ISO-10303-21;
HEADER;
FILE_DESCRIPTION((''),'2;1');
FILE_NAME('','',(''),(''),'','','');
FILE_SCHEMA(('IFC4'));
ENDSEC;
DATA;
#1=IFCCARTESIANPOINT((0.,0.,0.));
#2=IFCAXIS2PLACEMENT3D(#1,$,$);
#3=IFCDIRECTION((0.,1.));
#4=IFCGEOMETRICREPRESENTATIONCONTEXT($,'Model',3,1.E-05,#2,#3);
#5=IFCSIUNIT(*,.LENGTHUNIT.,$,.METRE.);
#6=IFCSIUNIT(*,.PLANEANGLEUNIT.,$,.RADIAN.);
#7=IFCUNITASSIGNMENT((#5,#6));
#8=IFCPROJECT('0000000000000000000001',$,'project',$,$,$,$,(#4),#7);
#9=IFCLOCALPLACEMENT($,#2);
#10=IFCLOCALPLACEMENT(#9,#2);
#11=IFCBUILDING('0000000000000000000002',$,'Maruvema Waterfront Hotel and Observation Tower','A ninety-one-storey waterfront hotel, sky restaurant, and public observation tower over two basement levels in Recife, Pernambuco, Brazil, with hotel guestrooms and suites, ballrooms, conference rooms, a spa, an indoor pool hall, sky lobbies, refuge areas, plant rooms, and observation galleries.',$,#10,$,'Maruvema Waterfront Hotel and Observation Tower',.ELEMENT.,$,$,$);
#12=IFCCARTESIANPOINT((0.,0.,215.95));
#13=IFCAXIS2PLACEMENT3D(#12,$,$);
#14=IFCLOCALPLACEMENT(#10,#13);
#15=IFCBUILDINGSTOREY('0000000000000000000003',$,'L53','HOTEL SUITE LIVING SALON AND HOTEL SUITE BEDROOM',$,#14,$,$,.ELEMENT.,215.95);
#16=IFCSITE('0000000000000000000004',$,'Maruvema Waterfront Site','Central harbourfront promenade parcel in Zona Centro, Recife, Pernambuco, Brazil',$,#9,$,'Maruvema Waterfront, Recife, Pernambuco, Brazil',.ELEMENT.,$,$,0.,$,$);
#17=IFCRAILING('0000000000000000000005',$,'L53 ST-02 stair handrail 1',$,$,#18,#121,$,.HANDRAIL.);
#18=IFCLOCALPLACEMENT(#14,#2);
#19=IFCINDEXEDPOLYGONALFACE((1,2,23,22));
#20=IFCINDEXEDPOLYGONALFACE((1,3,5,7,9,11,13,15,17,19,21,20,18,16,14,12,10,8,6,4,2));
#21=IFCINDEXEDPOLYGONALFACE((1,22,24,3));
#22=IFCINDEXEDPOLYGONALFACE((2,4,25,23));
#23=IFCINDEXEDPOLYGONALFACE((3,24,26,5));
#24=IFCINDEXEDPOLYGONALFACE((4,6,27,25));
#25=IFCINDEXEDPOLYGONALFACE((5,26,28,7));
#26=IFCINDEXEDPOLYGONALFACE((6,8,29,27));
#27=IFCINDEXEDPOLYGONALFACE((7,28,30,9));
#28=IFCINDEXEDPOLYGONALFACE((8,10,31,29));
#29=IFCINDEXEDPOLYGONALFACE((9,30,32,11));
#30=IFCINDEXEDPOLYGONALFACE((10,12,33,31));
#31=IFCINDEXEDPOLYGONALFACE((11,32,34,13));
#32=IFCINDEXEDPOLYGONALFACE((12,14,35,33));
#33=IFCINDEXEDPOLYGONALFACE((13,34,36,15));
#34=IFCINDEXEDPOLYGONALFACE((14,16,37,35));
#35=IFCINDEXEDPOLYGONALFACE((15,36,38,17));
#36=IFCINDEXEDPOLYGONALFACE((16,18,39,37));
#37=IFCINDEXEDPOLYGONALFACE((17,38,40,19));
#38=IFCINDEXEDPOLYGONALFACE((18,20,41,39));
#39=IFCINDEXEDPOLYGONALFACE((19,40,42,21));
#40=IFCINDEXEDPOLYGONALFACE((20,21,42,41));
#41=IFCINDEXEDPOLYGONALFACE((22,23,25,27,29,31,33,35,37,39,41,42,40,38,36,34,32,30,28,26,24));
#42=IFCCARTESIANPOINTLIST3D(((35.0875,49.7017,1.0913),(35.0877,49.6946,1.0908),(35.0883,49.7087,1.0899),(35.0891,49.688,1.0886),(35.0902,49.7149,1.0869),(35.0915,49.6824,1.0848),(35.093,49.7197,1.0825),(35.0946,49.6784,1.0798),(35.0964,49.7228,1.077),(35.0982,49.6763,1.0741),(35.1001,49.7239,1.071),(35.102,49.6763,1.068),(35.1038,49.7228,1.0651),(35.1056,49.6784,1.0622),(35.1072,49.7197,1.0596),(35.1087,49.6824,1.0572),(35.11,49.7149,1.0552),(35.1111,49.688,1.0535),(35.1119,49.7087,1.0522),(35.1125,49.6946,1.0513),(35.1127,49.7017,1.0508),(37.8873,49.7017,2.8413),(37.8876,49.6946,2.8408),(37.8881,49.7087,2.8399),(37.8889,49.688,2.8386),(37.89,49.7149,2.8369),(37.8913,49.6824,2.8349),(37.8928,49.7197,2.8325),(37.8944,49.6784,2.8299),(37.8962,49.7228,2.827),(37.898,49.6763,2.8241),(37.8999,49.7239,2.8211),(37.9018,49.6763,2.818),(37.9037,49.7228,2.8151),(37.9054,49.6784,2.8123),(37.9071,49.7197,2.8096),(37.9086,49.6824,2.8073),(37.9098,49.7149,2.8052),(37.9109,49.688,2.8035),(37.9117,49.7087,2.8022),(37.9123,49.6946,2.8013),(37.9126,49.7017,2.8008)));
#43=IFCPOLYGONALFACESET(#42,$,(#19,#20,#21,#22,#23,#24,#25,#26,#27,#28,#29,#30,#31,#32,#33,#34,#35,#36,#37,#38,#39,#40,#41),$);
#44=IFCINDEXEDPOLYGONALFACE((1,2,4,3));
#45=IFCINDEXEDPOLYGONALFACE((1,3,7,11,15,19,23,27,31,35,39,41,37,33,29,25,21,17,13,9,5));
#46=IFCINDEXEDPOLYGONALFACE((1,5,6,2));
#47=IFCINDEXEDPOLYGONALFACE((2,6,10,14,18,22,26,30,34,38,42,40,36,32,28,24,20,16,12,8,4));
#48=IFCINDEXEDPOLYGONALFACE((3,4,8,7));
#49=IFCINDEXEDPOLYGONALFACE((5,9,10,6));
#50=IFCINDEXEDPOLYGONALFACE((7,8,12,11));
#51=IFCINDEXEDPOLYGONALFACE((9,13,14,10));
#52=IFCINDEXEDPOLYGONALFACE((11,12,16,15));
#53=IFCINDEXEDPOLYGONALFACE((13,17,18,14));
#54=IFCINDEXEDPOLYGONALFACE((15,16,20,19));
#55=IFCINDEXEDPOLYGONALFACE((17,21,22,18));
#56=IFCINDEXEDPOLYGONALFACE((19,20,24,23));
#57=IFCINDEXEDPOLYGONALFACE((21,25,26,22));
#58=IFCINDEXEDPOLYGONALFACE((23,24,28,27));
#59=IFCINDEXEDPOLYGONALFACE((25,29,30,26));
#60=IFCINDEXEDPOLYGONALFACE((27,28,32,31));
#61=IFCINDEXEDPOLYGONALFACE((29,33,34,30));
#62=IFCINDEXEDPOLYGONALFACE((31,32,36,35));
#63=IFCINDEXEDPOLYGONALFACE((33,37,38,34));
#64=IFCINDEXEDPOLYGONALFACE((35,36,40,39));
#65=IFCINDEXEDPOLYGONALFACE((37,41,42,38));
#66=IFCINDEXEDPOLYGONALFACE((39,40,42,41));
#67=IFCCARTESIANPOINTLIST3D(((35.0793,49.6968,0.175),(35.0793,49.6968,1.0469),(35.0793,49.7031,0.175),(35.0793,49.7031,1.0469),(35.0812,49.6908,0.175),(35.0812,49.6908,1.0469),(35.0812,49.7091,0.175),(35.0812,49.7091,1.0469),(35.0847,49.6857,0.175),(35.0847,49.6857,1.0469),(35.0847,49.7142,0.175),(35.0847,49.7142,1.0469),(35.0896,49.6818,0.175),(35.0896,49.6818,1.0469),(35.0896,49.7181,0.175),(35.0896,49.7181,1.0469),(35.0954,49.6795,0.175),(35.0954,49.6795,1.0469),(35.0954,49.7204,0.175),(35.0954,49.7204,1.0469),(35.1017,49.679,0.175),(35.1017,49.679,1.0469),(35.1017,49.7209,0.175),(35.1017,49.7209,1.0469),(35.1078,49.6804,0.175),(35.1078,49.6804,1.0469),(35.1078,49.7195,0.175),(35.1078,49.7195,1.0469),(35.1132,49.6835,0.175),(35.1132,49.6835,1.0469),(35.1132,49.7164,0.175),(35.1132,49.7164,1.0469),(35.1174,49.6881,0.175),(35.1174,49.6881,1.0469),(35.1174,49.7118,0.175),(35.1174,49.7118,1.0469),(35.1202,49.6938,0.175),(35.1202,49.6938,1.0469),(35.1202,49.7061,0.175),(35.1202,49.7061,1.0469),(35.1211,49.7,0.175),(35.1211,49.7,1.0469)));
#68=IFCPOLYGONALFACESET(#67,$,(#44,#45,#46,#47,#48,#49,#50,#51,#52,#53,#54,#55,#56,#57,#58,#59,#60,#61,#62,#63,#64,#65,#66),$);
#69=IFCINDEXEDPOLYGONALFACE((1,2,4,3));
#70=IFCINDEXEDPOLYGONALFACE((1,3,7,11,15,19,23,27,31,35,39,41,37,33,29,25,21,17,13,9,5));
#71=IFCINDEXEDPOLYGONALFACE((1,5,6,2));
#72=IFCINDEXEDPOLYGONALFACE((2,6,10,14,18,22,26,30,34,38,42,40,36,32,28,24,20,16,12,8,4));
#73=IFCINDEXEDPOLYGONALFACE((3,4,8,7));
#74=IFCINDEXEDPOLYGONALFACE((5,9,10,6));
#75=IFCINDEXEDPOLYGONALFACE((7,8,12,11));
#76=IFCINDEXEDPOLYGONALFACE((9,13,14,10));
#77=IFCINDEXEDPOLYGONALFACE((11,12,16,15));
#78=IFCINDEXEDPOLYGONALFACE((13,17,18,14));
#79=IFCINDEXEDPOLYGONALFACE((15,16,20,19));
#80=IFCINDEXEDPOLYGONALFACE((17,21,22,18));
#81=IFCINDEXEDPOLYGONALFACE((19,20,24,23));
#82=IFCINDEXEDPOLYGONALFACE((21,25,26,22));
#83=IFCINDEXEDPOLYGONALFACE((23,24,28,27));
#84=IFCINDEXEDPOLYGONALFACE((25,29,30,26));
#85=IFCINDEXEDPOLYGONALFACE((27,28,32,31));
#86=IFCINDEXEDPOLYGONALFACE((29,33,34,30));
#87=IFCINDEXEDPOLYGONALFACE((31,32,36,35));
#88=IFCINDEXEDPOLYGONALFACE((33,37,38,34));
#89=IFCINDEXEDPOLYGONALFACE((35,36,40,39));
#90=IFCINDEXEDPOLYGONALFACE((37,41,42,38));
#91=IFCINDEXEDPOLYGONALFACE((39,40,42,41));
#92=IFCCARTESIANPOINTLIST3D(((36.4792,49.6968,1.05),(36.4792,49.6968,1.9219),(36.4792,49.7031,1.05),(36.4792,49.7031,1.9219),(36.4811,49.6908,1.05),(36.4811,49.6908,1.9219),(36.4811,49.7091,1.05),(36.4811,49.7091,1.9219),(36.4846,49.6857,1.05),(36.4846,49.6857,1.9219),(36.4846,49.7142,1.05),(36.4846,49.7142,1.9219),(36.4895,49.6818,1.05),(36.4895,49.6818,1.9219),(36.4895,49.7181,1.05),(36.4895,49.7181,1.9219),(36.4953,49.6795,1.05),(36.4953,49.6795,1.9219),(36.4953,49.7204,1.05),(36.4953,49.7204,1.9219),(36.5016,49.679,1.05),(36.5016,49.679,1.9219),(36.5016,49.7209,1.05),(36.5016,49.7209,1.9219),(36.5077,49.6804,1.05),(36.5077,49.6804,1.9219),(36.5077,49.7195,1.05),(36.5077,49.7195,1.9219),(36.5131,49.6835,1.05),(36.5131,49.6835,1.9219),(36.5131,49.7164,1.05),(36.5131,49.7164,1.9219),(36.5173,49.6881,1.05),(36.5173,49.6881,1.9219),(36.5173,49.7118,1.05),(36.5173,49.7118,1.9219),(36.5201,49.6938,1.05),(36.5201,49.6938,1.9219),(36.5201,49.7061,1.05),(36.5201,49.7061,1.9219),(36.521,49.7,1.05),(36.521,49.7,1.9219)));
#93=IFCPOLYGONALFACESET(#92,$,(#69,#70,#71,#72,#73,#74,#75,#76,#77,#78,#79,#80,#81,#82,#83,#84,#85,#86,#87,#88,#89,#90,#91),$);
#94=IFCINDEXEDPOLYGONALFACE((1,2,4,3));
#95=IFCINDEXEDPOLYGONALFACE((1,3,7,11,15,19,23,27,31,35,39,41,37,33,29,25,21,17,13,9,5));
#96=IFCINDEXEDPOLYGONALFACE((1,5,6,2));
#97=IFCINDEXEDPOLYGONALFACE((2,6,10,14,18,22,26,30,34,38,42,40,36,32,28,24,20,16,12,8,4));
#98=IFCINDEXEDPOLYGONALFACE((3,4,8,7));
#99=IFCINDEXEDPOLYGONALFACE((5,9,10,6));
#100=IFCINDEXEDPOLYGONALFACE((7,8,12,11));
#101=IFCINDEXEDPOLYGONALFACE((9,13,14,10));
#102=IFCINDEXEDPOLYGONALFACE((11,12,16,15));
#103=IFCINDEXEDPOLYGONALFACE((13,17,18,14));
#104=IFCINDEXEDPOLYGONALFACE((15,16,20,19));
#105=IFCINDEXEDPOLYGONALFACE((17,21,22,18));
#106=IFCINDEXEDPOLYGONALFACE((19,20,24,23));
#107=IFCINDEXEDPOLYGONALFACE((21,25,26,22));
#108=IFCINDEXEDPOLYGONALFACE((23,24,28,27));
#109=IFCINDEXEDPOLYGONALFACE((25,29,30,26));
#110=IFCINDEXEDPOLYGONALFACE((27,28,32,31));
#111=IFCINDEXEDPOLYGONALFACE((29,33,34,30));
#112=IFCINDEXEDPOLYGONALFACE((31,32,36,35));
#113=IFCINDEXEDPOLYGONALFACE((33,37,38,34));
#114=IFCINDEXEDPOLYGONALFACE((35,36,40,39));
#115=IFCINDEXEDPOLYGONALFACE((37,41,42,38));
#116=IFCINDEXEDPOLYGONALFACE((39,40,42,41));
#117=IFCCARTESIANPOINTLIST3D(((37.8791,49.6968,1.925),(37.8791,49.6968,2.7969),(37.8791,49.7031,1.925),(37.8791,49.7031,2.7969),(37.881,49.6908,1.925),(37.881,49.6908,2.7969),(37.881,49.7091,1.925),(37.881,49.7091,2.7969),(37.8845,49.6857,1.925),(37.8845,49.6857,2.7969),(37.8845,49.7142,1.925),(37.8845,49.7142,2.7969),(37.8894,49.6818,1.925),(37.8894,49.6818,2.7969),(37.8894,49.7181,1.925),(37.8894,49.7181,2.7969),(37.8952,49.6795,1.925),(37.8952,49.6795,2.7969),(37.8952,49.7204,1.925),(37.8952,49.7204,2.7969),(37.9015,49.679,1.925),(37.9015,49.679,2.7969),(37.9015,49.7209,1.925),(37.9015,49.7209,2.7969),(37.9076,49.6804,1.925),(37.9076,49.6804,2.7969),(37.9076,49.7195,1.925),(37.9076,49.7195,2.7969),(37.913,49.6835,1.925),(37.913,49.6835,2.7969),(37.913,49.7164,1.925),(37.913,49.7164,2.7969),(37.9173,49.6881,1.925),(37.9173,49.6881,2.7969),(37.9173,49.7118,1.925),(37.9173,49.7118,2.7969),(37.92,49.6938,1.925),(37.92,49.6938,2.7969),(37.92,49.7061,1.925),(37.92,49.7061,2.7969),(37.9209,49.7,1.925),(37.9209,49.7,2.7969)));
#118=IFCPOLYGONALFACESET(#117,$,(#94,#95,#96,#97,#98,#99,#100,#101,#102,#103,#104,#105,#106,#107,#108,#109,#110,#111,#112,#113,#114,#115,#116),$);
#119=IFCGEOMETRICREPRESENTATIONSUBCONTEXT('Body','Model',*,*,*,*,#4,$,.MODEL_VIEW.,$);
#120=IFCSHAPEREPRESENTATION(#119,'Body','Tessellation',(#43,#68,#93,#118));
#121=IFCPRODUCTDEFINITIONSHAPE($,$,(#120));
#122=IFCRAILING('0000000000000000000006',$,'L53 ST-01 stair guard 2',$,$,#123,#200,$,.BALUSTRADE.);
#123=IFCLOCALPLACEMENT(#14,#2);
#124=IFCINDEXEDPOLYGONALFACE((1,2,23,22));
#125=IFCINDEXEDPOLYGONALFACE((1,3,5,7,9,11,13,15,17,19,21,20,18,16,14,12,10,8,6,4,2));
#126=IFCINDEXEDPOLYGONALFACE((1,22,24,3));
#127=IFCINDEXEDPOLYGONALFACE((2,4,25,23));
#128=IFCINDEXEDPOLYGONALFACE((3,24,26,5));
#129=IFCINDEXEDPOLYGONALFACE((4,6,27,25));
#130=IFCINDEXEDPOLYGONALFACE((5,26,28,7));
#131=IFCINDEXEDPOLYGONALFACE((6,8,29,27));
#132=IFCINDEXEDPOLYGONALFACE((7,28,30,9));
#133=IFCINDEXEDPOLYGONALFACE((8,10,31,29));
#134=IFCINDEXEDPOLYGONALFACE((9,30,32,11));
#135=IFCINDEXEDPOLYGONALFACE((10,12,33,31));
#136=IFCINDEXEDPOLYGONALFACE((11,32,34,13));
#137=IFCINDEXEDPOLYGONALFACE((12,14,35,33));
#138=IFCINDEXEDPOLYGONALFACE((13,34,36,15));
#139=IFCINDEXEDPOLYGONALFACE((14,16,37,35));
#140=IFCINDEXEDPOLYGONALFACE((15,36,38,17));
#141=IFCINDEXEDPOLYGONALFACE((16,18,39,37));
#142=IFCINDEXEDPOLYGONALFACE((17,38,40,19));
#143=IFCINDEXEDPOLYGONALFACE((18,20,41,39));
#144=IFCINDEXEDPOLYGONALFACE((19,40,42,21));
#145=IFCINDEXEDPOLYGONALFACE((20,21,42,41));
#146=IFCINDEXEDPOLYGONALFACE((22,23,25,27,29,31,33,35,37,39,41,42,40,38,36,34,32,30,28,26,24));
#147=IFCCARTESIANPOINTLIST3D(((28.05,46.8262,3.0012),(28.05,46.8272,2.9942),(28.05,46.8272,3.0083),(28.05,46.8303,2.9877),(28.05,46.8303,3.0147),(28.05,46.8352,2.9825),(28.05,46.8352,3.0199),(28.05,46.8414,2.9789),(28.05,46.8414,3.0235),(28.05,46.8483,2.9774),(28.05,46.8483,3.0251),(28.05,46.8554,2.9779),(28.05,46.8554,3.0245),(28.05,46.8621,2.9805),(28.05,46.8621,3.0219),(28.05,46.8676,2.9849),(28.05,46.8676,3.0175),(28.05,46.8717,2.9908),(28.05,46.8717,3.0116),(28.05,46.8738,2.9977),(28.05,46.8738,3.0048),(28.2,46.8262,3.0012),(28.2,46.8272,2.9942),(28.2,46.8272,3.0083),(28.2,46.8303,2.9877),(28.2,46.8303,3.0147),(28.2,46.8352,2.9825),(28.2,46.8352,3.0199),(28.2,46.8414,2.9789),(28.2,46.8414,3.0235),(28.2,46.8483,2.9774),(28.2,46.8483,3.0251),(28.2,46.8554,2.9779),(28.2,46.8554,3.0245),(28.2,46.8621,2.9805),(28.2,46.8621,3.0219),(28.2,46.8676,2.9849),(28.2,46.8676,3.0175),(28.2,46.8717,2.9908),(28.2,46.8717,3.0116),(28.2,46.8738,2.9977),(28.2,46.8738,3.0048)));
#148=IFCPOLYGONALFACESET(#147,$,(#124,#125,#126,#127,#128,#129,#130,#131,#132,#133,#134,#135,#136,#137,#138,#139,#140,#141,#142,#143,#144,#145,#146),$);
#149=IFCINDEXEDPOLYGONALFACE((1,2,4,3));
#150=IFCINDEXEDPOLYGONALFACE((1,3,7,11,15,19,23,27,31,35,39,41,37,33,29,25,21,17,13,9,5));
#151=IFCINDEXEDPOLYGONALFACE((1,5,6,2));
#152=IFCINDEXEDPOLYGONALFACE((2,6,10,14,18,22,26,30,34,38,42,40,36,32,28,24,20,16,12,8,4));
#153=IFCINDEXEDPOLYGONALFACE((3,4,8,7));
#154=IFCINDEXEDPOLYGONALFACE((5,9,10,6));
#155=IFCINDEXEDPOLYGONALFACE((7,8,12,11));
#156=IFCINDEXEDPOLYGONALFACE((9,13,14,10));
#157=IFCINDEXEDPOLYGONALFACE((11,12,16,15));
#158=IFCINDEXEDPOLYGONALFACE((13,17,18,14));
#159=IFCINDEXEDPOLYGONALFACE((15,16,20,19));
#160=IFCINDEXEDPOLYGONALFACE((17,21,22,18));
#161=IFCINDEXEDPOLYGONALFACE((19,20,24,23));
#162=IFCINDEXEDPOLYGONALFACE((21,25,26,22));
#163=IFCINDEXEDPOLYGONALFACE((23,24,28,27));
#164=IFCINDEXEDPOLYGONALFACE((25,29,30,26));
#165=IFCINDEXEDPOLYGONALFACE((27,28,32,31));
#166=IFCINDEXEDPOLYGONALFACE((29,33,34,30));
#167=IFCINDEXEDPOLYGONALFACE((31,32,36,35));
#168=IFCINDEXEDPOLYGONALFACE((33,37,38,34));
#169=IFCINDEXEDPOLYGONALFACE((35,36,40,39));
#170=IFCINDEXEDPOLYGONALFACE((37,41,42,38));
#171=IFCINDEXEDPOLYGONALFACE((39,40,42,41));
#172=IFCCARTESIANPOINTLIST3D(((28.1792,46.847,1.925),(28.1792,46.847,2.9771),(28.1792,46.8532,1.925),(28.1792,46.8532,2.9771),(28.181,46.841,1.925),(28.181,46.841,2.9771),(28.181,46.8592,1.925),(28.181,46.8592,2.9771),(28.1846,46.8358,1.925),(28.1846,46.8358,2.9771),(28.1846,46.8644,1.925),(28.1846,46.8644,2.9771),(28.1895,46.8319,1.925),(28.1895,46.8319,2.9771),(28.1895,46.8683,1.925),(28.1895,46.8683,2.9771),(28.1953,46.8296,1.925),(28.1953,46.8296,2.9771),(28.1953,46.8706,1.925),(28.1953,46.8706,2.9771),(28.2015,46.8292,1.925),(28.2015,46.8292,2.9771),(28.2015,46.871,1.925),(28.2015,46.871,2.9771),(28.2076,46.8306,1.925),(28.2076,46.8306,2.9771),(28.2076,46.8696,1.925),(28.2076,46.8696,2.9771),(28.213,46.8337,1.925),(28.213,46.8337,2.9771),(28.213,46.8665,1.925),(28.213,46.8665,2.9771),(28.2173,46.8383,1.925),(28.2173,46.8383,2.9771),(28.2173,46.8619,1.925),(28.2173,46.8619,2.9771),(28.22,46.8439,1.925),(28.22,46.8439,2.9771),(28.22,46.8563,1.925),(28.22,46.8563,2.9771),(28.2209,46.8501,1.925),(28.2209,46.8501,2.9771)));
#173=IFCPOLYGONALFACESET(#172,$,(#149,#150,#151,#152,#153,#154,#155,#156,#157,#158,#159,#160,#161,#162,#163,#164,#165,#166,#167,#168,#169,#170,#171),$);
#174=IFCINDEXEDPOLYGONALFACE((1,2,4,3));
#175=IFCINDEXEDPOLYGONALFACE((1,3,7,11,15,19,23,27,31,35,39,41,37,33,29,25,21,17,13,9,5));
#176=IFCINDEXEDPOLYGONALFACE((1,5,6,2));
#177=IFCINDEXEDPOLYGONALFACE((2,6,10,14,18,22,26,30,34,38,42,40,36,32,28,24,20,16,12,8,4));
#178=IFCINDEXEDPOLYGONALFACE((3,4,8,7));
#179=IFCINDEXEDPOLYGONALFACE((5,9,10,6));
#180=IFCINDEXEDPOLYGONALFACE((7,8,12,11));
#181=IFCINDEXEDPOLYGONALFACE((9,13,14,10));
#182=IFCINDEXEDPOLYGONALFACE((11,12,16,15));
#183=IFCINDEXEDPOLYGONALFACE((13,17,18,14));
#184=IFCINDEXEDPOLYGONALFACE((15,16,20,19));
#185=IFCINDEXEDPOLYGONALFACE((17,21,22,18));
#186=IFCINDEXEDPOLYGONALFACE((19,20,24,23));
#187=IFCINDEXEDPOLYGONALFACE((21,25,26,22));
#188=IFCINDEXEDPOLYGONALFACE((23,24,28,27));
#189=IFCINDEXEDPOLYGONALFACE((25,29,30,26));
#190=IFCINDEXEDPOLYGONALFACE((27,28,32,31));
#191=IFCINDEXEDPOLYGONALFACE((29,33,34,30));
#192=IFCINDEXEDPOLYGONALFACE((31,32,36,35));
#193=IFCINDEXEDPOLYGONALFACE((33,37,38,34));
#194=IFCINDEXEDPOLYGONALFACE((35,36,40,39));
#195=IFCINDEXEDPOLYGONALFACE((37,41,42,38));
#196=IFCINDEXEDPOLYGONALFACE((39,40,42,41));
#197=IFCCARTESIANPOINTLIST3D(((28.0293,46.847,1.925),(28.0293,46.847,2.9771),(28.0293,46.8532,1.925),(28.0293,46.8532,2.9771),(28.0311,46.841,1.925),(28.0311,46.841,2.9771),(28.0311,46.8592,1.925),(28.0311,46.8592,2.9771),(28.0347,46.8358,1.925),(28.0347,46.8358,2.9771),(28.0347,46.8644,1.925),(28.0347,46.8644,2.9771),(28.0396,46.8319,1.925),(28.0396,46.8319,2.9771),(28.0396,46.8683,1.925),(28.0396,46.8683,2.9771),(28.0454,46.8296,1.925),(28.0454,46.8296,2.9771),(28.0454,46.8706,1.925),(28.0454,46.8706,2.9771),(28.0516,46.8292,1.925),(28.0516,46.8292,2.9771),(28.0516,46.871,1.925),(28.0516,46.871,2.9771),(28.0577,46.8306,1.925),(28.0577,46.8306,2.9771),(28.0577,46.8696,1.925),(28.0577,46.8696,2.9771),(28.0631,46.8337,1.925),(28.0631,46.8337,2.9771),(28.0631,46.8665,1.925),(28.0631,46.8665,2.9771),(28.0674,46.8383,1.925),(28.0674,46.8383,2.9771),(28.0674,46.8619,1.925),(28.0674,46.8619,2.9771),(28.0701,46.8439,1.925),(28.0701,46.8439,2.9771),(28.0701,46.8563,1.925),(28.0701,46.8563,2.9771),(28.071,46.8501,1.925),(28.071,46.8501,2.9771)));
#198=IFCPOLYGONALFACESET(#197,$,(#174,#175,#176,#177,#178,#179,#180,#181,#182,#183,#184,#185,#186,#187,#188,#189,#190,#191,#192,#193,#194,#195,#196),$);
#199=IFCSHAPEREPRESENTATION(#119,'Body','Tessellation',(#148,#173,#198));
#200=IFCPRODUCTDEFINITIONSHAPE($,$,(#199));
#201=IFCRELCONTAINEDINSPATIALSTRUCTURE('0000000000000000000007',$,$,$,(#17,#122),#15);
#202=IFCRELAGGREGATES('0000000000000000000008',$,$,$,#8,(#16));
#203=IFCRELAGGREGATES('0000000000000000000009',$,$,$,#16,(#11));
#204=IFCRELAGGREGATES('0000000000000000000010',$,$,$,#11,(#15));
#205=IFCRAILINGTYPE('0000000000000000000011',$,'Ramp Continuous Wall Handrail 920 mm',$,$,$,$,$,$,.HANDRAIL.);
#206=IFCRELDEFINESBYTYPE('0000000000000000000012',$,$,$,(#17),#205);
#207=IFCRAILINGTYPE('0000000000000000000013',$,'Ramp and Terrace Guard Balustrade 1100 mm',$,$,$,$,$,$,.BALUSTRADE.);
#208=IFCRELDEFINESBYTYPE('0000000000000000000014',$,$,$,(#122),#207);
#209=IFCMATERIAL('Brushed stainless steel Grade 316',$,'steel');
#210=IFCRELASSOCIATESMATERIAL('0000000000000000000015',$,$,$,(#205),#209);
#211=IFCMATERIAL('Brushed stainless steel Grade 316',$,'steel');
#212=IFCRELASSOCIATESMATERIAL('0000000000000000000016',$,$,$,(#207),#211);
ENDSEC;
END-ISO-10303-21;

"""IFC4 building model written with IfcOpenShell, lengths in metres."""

from ifc_helpers import new_model, si_unit, direction, frame, origin, origin_2d, place, context, subcontext, project, spatial, circle, extrude, material, type_object, element, save


model = new_model("IFC4")

# Units and contexts
model_context = context("Model", 3, precision=1e-05, world=origin(), true_north=direction((0.0, 1.0)))
body_context = subcontext(model_context, "Body", "Model", "MODEL_VIEW")
ifc_project = project(units=[si_unit("LENGTHUNIT", "METRE"), si_unit("PLANEANGLEUNIT", "RADIAN")], contexts=[model_context])

# Site, building, storey
site_placement = place(None, origin())
site = spatial("IfcSite", under=ifc_project, at=site_placement, Name="Maruvema Waterfront Site", Description="Central harbourfront promenade parcel in Zona Centro, Recife, Pernambuco, Brazil", LongName="Maruvema Waterfront, Recife, Pernambuco, Brazil", CompositionType="ELEMENT", RefElevation=0.0)
building_placement = place(site_placement, origin())
building = spatial("IfcBuilding", under=site, at=building_placement, Name="Maruvema Waterfront Hotel and Observation Tower", Description="A ninety-one-storey waterfront hotel, sky restaurant, and public observation tower over two basement levels in Recife, Pernambuco, Brazil, with hotel guestrooms and suites, ballrooms, conference rooms, a spa, an indoor pool hall, sky lobbies, refuge areas, plant rooms, and observation galleries.", LongName="Maruvema Waterfront Hotel and Observation Tower", CompositionType="ELEMENT")
storey_placement = place(building_placement, frame((0.0, 0.0, 215.95)))
storey = spatial("IfcBuildingStorey", under=building, at=storey_placement, Name="L53", Description="HOTEL SUITE LIVING SALON AND HOTEL SUITE BEDROOM", CompositionType="ELEMENT", Elevation=215.95)

# Railings
ifc_material_1 = material(Name="Brushed stainless steel Grade 316", Category="steel")
railing_type_1 = type_object("IfcRailingType", Name="Ramp Continuous Wall Handrail 920 mm", PredefinedType="HANDRAIL", material=ifc_material_1)
railing_1_placement = place(storey_placement, frame((35.1001, 49.7, 0.175)))
element("IfcRailing", 1, at=railing_1_placement, inside=storey, type_object=railing_type_1, Name="L53 ST-02 stair handrail 1", PredefinedType="HANDRAIL", context=body_context, shape_type="SweptSolid", body=[
    extrude(circle(Radius=0.0239, at=origin_2d()), frame((0.0, 0.0, 0.896), z_axis=(0.847982, 0.0, 0.530026), x_axis=(0.0, 1.0, 0.0)), (0.0, 0.0, 1.0), 3.3018),
    extrude(circle(Radius=0.021, at=origin_2d()), origin(), (0.0, 0.0, 1.0), 0.8718),
    extrude(circle(Radius=0.021, at=origin_2d()), frame((1.3999, 0.0, 0.875)), (0.0, 0.0, 1.0), 0.8718),
    extrude(circle(Radius=0.021, at=origin_2d()), frame((2.7998, 0.0, 1.75)), (0.0, 0.0, 1.0), 0.8718),
])
ifc_material_2 = material(Name="Brushed stainless steel Grade 316", Category="steel")
railing_type_2 = type_object("IfcRailingType", Name="Ramp and Terrace Guard Balustrade 1100 mm", PredefinedType="BALUSTRADE", material=ifc_material_2)
railing_2_placement = place(storey_placement, frame((28.2, 46.8501, 1.925)))
element("IfcRailing", 2, at=railing_2_placement, inside=storey, type_object=railing_type_2, Name="L53 ST-01 stair guard 2", PredefinedType="BALUSTRADE", context=body_context, shape_type="SweptSolid", body=[
    extrude(circle(Radius=0.0239, at=origin_2d()), frame((0.0, 0.0, 1.0762), z_axis=(-1.0, 0.0, 0.0), x_axis=(0.0, -1.0, 0.0)), (0.0, 0.0, 1.0), 0.1499),
    extrude(circle(Radius=0.021, at=origin_2d()), origin(), (0.0, 0.0, 1.0), 1.052),
    extrude(circle(Radius=0.021, at=origin_2d()), frame((-0.1499, 0.0, 0.0)), (0.0, 0.0, 1.0), 1.052),
])

save(model, "model.ifc")
